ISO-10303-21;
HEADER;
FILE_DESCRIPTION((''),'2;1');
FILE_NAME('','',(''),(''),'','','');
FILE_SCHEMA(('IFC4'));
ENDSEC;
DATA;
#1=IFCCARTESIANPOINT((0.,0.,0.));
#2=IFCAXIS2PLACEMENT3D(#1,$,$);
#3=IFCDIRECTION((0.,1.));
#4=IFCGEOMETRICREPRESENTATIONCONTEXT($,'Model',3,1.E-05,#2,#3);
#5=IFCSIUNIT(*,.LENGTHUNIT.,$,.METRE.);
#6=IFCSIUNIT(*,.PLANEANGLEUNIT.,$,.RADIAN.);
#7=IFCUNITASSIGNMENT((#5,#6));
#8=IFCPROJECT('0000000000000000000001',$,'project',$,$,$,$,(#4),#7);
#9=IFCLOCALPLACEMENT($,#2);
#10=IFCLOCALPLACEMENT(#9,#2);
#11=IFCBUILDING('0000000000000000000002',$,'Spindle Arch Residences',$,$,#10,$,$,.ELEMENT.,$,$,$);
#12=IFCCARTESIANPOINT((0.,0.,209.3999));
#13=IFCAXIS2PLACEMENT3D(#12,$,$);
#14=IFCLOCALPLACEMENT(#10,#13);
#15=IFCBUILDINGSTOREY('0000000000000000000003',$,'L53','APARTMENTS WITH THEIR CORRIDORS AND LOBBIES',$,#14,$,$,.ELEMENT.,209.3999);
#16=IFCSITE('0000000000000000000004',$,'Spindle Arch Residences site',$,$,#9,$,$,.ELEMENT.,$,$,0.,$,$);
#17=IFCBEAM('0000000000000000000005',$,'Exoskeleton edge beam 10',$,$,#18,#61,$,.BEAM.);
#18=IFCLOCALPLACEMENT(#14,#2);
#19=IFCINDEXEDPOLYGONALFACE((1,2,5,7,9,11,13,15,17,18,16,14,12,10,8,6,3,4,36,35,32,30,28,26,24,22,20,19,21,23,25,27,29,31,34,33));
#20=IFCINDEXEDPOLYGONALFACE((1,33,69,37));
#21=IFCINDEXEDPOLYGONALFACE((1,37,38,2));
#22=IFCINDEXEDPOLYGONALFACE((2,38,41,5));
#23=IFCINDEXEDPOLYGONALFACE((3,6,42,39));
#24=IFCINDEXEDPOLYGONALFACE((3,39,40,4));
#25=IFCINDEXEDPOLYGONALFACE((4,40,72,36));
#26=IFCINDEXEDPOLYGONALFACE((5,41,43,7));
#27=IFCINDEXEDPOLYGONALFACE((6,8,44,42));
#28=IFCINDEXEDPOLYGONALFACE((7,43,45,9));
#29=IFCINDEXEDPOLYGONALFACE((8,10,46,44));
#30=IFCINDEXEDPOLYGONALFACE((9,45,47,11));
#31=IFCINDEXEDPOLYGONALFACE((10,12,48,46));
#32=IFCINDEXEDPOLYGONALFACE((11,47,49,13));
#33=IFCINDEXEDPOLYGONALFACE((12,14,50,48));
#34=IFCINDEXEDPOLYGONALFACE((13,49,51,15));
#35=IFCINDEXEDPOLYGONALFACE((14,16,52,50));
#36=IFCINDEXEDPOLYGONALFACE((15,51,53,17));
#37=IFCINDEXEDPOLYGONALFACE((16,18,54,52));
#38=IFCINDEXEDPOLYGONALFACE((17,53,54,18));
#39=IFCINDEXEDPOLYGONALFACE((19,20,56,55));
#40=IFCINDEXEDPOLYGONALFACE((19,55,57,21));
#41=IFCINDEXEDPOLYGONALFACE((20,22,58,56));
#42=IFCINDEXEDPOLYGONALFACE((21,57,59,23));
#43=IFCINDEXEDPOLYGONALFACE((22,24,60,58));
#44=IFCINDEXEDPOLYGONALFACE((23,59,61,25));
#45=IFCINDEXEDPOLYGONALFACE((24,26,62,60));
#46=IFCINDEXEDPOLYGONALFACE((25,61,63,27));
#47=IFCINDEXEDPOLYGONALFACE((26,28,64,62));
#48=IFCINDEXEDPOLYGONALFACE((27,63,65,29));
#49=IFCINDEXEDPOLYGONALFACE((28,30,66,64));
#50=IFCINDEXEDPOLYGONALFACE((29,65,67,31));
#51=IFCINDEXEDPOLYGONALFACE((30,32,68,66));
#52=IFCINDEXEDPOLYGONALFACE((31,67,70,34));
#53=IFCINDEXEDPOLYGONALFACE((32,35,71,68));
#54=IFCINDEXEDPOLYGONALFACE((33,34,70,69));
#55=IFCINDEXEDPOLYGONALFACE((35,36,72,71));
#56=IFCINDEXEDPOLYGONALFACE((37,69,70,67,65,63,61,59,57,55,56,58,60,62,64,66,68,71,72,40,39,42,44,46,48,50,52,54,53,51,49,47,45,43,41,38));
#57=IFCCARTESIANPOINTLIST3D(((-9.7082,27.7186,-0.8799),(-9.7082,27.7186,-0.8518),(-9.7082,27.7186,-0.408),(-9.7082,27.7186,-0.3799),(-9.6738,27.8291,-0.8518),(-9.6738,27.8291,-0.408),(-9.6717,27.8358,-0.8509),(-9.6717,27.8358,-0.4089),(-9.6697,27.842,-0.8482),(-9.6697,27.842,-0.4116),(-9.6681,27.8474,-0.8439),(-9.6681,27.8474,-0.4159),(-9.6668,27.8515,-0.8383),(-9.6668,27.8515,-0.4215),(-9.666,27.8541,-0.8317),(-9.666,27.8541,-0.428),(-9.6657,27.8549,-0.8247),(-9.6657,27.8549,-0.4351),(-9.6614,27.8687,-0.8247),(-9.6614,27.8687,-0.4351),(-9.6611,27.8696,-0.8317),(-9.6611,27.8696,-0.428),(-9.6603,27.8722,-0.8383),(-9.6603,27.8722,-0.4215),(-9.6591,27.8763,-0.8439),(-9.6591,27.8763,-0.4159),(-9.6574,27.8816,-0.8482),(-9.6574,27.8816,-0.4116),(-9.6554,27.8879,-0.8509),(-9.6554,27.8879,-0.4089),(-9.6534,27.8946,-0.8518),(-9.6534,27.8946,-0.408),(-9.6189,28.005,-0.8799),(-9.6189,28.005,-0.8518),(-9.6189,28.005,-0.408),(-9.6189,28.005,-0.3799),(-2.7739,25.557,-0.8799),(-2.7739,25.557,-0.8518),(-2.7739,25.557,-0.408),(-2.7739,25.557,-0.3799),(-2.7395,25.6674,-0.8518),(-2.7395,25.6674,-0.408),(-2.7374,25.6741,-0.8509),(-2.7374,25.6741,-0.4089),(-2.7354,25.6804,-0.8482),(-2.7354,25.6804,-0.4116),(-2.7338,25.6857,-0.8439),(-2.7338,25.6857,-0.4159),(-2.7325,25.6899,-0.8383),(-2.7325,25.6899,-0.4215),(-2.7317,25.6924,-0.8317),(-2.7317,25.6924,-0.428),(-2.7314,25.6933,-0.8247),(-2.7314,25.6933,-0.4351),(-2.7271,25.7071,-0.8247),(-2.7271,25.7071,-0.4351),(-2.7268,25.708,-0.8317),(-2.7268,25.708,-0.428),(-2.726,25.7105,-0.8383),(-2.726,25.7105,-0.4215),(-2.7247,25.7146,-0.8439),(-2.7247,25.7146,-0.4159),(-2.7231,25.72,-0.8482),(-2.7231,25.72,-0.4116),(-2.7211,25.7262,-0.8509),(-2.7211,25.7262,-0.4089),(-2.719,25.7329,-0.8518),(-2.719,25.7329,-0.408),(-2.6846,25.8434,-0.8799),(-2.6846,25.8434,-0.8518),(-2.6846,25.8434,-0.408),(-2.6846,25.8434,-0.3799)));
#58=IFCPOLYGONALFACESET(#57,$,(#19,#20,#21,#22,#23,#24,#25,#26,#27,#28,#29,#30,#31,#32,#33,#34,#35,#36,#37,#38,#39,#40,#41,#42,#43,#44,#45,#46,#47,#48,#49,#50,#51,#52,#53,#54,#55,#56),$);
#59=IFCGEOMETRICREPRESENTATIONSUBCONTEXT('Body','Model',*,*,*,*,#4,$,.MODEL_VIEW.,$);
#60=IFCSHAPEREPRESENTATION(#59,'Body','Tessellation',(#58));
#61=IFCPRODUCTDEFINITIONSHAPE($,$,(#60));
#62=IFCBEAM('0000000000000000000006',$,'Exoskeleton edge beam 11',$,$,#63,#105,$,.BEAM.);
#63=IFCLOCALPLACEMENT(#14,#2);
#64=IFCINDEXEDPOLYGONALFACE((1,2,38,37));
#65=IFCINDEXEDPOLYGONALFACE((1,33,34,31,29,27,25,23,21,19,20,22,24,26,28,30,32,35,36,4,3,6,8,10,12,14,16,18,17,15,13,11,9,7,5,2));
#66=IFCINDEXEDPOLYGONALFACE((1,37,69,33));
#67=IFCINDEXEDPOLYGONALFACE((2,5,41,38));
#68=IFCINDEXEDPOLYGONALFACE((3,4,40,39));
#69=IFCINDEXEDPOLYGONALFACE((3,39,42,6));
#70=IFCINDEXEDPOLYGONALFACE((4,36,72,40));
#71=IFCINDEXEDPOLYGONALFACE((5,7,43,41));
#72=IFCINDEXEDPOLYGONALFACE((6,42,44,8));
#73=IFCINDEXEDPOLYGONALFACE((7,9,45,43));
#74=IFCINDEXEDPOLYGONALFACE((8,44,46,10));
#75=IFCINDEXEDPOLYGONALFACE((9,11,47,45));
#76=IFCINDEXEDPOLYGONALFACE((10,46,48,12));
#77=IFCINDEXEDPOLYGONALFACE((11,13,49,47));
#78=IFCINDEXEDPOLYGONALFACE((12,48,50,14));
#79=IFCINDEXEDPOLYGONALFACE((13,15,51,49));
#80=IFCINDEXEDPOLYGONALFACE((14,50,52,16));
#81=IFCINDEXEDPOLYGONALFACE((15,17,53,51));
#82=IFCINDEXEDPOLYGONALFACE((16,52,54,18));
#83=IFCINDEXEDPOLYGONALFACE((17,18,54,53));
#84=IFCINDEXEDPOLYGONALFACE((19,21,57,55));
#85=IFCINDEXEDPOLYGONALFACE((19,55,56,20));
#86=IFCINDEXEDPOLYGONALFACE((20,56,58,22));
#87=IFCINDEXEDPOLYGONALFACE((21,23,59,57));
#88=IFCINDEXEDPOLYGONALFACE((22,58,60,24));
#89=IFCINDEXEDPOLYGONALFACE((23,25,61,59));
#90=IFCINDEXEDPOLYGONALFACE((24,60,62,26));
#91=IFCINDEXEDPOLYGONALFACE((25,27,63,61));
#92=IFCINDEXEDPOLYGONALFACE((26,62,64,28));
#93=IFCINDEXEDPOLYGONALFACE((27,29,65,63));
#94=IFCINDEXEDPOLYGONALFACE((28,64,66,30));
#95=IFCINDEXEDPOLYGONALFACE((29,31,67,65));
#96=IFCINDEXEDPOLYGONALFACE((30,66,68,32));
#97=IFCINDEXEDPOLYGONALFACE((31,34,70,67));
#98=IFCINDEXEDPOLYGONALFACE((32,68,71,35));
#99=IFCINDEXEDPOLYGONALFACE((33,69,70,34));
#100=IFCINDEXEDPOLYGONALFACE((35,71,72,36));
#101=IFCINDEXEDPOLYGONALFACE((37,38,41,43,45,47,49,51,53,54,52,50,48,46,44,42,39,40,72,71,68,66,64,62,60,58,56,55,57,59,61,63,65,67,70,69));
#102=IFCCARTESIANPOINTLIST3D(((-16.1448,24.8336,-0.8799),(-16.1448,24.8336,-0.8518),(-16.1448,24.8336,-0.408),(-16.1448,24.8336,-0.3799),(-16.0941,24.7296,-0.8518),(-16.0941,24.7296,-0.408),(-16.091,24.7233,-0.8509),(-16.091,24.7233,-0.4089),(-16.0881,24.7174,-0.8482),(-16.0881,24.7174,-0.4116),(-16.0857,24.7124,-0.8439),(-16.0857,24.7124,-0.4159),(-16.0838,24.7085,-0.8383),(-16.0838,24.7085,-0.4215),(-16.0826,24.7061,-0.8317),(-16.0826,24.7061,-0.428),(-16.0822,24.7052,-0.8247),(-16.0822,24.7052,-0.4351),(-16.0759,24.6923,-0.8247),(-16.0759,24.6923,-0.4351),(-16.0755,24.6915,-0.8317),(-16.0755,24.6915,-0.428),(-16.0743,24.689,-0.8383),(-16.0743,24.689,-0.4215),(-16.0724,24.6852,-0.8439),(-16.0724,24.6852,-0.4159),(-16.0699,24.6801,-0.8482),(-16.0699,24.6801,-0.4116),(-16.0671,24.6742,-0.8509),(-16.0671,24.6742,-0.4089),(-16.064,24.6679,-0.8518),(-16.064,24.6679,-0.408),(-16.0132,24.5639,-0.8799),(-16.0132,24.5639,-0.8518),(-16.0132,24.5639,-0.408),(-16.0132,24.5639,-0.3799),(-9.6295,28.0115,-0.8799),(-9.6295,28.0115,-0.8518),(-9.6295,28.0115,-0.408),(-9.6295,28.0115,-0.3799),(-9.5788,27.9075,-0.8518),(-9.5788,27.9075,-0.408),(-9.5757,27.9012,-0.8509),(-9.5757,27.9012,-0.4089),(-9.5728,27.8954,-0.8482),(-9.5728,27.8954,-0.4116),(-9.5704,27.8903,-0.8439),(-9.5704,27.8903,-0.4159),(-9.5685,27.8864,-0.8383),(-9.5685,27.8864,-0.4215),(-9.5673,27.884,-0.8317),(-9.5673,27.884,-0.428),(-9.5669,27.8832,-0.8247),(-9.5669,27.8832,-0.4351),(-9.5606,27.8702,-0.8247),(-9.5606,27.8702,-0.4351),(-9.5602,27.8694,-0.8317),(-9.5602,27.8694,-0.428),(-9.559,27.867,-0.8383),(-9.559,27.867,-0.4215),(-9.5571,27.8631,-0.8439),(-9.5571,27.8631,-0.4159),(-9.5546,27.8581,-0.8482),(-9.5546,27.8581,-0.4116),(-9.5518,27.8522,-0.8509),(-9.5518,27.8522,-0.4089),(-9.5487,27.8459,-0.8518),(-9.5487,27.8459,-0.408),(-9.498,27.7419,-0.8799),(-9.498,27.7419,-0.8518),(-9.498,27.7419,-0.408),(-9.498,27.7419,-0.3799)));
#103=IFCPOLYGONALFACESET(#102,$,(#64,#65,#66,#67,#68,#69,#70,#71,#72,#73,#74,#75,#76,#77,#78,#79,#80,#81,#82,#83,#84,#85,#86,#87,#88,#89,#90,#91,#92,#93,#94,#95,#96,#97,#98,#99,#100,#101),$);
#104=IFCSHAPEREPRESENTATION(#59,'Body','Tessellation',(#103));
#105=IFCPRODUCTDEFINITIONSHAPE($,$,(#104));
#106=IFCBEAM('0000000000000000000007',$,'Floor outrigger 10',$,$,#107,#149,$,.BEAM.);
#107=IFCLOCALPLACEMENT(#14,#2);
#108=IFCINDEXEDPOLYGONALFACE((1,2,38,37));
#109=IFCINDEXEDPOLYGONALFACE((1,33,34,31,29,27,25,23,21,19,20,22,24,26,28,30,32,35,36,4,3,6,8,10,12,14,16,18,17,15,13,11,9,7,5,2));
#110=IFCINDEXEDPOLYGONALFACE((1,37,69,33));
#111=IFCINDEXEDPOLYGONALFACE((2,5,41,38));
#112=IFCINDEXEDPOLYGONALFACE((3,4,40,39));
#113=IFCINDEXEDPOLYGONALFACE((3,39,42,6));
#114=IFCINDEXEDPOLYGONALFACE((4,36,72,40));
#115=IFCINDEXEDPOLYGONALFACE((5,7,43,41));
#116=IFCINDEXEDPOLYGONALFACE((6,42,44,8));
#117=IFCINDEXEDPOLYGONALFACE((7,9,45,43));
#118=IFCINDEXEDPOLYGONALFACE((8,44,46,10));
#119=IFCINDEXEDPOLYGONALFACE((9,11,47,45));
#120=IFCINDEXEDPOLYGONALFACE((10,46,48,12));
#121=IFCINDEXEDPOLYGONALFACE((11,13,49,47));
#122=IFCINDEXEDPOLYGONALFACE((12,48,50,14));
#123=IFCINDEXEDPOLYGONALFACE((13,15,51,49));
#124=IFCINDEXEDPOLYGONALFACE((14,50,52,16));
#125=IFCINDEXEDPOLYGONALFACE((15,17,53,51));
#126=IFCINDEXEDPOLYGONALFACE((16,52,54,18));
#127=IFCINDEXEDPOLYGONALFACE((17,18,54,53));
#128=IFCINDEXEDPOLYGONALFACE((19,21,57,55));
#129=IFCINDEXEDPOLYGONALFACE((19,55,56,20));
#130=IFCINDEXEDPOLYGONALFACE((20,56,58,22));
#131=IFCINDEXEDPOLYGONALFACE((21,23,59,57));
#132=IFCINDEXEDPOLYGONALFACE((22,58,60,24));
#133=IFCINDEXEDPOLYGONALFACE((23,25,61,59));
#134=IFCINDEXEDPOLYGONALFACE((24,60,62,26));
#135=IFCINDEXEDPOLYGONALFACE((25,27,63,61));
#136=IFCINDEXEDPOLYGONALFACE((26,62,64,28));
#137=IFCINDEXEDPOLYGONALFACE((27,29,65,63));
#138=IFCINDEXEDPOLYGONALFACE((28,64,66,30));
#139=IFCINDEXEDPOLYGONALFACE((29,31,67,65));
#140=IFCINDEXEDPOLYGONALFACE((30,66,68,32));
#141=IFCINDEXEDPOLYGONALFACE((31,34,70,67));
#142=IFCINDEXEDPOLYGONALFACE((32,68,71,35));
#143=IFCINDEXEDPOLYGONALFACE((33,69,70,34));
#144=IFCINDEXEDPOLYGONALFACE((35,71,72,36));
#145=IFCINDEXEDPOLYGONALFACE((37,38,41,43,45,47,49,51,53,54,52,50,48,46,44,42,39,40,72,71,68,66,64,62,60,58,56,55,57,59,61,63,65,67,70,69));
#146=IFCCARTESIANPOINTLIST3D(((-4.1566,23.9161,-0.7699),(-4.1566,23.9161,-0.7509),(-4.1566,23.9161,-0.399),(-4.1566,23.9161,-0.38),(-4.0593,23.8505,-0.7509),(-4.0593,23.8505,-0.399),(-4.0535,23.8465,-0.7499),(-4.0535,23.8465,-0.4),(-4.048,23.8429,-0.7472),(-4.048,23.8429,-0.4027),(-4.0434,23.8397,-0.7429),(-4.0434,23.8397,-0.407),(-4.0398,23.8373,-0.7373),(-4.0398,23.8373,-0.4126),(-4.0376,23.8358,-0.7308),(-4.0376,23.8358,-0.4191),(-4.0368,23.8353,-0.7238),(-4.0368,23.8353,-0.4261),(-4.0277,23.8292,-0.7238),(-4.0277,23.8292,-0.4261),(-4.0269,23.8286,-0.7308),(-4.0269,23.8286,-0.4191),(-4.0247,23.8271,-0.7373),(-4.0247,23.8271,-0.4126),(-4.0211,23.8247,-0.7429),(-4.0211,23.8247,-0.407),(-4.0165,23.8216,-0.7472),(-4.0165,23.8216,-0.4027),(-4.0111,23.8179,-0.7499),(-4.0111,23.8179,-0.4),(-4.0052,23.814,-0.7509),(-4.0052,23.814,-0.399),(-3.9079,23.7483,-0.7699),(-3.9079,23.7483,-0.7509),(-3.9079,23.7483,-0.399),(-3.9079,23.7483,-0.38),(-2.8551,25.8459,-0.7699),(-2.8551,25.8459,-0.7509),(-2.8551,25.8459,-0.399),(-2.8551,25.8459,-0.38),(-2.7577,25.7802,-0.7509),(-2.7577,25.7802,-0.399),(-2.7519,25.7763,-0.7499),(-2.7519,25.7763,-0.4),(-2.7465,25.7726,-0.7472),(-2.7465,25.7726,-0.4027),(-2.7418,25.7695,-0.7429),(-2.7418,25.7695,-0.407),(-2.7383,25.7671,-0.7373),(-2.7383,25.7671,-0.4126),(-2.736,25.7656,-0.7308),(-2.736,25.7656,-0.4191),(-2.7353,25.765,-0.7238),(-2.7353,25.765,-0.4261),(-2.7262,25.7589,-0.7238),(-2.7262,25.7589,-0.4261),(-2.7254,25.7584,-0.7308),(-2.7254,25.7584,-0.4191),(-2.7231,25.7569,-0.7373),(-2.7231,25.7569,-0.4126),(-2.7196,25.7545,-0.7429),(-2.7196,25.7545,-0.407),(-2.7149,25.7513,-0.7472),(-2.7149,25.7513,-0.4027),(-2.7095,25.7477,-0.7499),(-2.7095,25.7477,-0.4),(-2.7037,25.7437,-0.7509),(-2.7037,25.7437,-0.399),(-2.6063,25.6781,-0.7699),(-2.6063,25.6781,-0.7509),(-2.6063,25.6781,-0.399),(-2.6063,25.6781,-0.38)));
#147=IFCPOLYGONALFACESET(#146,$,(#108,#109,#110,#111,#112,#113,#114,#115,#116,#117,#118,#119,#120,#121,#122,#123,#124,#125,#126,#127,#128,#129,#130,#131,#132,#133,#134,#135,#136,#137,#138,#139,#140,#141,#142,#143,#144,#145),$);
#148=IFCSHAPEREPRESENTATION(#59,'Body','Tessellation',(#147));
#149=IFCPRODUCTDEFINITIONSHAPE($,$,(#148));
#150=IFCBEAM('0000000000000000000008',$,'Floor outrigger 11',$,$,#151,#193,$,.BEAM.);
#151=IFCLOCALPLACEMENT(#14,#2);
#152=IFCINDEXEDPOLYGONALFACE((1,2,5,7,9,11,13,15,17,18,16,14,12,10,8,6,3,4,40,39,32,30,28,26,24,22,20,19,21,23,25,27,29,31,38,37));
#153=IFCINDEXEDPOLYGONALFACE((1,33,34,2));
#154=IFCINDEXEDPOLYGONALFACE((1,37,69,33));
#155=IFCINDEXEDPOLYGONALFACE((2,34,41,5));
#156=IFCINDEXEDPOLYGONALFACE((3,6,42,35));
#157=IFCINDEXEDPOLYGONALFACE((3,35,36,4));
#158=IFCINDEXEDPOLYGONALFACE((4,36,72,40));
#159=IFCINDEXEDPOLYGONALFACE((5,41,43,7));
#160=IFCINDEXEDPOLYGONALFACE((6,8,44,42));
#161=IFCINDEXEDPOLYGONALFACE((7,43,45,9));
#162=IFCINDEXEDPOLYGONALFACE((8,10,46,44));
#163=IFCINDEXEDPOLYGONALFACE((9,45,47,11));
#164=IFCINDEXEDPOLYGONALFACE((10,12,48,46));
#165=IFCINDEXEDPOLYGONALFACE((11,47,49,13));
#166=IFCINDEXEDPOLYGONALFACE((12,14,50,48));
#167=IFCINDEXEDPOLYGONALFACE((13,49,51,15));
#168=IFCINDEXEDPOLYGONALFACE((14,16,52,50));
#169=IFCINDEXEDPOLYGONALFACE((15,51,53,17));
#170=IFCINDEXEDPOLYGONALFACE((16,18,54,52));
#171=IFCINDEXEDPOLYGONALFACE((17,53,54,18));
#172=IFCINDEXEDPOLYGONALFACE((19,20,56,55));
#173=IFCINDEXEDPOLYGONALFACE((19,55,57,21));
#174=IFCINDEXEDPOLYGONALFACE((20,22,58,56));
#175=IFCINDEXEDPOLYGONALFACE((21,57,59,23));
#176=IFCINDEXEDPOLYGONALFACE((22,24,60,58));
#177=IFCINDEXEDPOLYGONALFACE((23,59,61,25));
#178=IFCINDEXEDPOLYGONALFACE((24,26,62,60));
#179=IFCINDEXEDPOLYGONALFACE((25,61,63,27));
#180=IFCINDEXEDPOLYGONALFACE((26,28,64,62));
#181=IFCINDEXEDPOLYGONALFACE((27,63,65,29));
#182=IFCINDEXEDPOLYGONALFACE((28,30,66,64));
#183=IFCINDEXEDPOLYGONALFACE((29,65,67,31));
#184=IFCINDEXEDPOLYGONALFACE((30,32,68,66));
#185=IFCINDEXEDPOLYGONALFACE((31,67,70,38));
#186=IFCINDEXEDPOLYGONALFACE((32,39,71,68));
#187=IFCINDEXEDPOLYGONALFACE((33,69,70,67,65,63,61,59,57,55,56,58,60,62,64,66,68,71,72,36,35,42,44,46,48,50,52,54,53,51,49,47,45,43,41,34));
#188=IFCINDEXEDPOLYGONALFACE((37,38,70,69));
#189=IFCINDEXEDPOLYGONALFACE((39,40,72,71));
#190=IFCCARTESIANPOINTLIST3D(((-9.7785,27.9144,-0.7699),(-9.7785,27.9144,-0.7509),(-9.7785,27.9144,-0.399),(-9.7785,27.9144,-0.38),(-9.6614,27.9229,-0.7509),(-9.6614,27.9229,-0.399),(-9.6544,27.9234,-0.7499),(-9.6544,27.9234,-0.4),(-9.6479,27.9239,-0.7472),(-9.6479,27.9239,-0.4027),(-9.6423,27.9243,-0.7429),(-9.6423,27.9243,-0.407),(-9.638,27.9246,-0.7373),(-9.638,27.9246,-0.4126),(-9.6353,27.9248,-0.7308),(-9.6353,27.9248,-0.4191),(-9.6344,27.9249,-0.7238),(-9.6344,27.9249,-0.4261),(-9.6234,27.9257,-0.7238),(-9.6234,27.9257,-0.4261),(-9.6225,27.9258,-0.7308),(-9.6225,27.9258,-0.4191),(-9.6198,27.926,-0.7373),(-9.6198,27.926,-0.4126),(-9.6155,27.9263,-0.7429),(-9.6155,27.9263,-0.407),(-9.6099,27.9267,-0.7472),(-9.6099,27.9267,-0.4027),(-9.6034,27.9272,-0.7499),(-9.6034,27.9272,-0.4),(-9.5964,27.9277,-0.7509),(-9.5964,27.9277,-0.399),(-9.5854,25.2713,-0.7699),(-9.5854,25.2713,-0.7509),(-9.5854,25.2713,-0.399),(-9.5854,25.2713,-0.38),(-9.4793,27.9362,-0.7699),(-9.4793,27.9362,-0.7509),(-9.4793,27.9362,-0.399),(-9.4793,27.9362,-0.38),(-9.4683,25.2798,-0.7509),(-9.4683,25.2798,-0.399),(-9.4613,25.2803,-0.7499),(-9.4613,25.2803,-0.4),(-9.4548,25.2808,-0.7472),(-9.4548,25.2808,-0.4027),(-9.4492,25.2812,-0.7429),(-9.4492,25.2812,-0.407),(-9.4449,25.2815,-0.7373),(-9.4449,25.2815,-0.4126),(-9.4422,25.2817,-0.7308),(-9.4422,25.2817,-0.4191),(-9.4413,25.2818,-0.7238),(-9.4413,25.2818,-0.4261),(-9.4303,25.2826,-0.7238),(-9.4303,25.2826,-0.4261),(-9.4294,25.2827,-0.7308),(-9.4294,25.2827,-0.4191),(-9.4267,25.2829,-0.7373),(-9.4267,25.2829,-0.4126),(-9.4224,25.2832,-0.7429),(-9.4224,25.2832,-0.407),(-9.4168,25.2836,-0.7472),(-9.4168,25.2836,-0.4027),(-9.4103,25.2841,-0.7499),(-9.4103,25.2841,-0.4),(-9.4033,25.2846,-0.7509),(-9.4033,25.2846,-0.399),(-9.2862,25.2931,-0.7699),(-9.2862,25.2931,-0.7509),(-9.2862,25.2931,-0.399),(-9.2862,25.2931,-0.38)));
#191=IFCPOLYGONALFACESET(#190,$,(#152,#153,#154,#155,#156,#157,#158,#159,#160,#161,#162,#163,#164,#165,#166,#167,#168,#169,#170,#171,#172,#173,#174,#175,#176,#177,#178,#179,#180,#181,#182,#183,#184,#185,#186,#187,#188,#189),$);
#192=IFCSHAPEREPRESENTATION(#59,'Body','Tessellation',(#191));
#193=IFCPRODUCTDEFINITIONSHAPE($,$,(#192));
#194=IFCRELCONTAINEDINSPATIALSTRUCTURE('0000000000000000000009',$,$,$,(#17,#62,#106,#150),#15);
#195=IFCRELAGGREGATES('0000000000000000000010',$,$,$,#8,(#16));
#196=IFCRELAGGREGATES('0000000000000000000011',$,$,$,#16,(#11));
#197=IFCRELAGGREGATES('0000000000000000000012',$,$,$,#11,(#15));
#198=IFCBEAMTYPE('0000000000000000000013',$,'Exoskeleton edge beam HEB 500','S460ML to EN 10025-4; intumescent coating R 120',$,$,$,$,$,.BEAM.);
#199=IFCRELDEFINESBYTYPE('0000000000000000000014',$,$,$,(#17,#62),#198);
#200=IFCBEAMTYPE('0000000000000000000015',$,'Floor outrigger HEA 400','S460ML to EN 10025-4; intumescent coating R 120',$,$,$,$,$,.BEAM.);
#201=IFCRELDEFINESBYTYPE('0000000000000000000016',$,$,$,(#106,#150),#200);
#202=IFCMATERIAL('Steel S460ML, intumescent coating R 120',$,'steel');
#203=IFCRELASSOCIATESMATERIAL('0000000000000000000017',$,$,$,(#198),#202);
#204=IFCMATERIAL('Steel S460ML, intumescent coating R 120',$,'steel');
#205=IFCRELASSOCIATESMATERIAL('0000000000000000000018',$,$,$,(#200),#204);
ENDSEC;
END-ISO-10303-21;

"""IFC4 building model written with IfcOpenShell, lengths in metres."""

from ifc_helpers import new_model, si_unit, direction, frame, origin, origin_2d, place, context, subcontext, project, spatial, i_section, extrude, material, material_profile, profile_set, type_object, element, save


model = new_model("IFC4")

# Units and contexts
model_context = context("Model", 3, precision=1e-05, world=origin(), true_north=direction((0.0, 1.0)))
body_context = subcontext(model_context, "Body", "Model", "MODEL_VIEW")
ifc_project = project(units=[si_unit("LENGTHUNIT", "METRE"), si_unit("PLANEANGLEUNIT", "RADIAN")], contexts=[model_context])

# Site, building, storey
site_placement = place(None, origin())
site = spatial("IfcSite", under=ifc_project, at=site_placement, Name="Spindle Arch Residences site", CompositionType="ELEMENT", RefElevation=0.0)
building_placement = place(site_placement, origin())
building = spatial("IfcBuilding", under=site, at=building_placement, Name="Spindle Arch Residences", CompositionType="ELEMENT")
storey_placement = place(building_placement, frame((0.0, 0.0, 209.3999)))
storey = spatial("IfcBuildingStorey", under=building, at=storey_placement, Name="L53", Description="APARTMENTS WITH THEIR CORRIDORS AND LOBBIES", CompositionType="ELEMENT", Elevation=209.3999)

# Beams
ifc_material_1 = material(Name="Steel S460ML, intumescent coating R 120", Category="steel")
ifc_material_profile_1 = material_profile(ifc_material_1, i_section(OverallWidth=0.3, OverallDepth=0.5, WebThickness=0.0144, FlangeThickness=0.0281, FilletRadius=0.0271, at=origin_2d()), Name="HEB 500")
ifc_profile_set_1 = profile_set([ifc_material_profile_1], Name="Steel S460ML, intumescent coating R 120")
beam_type_1 = type_object("IfcBeamType", Name="Exoskeleton edge beam HEB 500", Description="S460ML to EN 10025-4; intumescent coating R 120", PredefinedType="BEAM", material=ifc_profile_set_1)
beam_1_placement = place(storey_placement, frame((-2.7292, 25.7002, -0.6299), z_axis=(-0.95469, 0.297603, 0.0), x_axis=(-0.297603, -0.95469, 0.0)))
element("IfcBeam", 1, at=beam_1_placement, inside=storey, type_object=beam_type_1, Name="Exoskeleton edge beam 10", PredefinedType="BEAM", context=body_context, shape_type="SweptSolid", body=[
    extrude(i_section(OverallWidth=0.3, OverallDepth=0.5, WebThickness=0.0144, FlangeThickness=0.0281, FilletRadius=0.0271, at=origin_2d()), origin(), (0.0, 0.0, 1.0), 7.2634),
])
beam_2_placement = place(storey_placement, frame((-9.5637, 27.8767, -0.6299), z_axis=(-0.898782, -0.438395, 0.0), x_axis=(0.438395, -0.898782, 0.0)))
element("IfcBeam", 2, at=beam_2_placement, inside=storey, type_object=beam_type_1, Name="Exoskeleton edge beam 11", PredefinedType="BEAM", context=body_context, shape_type="SweptSolid", body=[
    extrude(i_section(OverallWidth=0.3, OverallDepth=0.5, WebThickness=0.0144, FlangeThickness=0.0281, FilletRadius=0.0271, at=origin_2d()), origin(), (0.0, 0.0, 1.0), 7.249),
])
ifc_material_2 = material(Name="Steel S460ML, intumescent coating R 120", Category="steel")
ifc_material_profile_2 = material_profile(ifc_material_2, i_section(OverallWidth=0.3, OverallDepth=0.3899, WebThickness=0.011, FlangeThickness=0.019, FilletRadius=0.0271, at=origin_2d()), Name="HEA 400")
ifc_profile_set_2 = profile_set([ifc_material_profile_2], Name="Steel S460ML, intumescent coating R 120")
beam_type_2 = type_object("IfcBeamType", Name="Floor outrigger HEA 400", Description="S460ML to EN 10025-4; intumescent coating R 120", PredefinedType="BEAM", material=ifc_profile_set_2)
beam_3_placement = place(storey_placement, frame((-2.7307, 25.762, -0.575), z_axis=(-0.55917, -0.829053, 0.0), x_axis=(0.829053, -0.55917, 0.0)))
element("IfcBeam", 3, at=beam_3_placement, inside=storey, type_object=beam_type_2, Name="Floor outrigger 10", PredefinedType="BEAM", context=body_context, shape_type="SweptSolid", body=[
    extrude(i_section(OverallWidth=0.3, OverallDepth=0.3899, WebThickness=0.011, FlangeThickness=0.019, FilletRadius=0.0271, at=origin_2d()), origin(), (0.0, 0.0, 1.0), 2.3276),
])
beam_4_placement = place(storey_placement, frame((-9.6289, 27.9253, -0.575), z_axis=(0.072871, -0.997341, 0.0), x_axis=(0.997341, 0.072871, 0.0)))
element("IfcBeam", 4, at=beam_4_placement, inside=storey, type_object=beam_type_2, Name="Floor outrigger 11", PredefinedType="BEAM", context=body_context, shape_type="SweptSolid", body=[
    extrude(i_section(OverallWidth=0.3, OverallDepth=0.3899, WebThickness=0.011, FlangeThickness=0.019, FilletRadius=0.0271, at=origin_2d()), origin(), (0.0, 0.0, 1.0), 2.6501),
])

save(model, "model.ifc")
